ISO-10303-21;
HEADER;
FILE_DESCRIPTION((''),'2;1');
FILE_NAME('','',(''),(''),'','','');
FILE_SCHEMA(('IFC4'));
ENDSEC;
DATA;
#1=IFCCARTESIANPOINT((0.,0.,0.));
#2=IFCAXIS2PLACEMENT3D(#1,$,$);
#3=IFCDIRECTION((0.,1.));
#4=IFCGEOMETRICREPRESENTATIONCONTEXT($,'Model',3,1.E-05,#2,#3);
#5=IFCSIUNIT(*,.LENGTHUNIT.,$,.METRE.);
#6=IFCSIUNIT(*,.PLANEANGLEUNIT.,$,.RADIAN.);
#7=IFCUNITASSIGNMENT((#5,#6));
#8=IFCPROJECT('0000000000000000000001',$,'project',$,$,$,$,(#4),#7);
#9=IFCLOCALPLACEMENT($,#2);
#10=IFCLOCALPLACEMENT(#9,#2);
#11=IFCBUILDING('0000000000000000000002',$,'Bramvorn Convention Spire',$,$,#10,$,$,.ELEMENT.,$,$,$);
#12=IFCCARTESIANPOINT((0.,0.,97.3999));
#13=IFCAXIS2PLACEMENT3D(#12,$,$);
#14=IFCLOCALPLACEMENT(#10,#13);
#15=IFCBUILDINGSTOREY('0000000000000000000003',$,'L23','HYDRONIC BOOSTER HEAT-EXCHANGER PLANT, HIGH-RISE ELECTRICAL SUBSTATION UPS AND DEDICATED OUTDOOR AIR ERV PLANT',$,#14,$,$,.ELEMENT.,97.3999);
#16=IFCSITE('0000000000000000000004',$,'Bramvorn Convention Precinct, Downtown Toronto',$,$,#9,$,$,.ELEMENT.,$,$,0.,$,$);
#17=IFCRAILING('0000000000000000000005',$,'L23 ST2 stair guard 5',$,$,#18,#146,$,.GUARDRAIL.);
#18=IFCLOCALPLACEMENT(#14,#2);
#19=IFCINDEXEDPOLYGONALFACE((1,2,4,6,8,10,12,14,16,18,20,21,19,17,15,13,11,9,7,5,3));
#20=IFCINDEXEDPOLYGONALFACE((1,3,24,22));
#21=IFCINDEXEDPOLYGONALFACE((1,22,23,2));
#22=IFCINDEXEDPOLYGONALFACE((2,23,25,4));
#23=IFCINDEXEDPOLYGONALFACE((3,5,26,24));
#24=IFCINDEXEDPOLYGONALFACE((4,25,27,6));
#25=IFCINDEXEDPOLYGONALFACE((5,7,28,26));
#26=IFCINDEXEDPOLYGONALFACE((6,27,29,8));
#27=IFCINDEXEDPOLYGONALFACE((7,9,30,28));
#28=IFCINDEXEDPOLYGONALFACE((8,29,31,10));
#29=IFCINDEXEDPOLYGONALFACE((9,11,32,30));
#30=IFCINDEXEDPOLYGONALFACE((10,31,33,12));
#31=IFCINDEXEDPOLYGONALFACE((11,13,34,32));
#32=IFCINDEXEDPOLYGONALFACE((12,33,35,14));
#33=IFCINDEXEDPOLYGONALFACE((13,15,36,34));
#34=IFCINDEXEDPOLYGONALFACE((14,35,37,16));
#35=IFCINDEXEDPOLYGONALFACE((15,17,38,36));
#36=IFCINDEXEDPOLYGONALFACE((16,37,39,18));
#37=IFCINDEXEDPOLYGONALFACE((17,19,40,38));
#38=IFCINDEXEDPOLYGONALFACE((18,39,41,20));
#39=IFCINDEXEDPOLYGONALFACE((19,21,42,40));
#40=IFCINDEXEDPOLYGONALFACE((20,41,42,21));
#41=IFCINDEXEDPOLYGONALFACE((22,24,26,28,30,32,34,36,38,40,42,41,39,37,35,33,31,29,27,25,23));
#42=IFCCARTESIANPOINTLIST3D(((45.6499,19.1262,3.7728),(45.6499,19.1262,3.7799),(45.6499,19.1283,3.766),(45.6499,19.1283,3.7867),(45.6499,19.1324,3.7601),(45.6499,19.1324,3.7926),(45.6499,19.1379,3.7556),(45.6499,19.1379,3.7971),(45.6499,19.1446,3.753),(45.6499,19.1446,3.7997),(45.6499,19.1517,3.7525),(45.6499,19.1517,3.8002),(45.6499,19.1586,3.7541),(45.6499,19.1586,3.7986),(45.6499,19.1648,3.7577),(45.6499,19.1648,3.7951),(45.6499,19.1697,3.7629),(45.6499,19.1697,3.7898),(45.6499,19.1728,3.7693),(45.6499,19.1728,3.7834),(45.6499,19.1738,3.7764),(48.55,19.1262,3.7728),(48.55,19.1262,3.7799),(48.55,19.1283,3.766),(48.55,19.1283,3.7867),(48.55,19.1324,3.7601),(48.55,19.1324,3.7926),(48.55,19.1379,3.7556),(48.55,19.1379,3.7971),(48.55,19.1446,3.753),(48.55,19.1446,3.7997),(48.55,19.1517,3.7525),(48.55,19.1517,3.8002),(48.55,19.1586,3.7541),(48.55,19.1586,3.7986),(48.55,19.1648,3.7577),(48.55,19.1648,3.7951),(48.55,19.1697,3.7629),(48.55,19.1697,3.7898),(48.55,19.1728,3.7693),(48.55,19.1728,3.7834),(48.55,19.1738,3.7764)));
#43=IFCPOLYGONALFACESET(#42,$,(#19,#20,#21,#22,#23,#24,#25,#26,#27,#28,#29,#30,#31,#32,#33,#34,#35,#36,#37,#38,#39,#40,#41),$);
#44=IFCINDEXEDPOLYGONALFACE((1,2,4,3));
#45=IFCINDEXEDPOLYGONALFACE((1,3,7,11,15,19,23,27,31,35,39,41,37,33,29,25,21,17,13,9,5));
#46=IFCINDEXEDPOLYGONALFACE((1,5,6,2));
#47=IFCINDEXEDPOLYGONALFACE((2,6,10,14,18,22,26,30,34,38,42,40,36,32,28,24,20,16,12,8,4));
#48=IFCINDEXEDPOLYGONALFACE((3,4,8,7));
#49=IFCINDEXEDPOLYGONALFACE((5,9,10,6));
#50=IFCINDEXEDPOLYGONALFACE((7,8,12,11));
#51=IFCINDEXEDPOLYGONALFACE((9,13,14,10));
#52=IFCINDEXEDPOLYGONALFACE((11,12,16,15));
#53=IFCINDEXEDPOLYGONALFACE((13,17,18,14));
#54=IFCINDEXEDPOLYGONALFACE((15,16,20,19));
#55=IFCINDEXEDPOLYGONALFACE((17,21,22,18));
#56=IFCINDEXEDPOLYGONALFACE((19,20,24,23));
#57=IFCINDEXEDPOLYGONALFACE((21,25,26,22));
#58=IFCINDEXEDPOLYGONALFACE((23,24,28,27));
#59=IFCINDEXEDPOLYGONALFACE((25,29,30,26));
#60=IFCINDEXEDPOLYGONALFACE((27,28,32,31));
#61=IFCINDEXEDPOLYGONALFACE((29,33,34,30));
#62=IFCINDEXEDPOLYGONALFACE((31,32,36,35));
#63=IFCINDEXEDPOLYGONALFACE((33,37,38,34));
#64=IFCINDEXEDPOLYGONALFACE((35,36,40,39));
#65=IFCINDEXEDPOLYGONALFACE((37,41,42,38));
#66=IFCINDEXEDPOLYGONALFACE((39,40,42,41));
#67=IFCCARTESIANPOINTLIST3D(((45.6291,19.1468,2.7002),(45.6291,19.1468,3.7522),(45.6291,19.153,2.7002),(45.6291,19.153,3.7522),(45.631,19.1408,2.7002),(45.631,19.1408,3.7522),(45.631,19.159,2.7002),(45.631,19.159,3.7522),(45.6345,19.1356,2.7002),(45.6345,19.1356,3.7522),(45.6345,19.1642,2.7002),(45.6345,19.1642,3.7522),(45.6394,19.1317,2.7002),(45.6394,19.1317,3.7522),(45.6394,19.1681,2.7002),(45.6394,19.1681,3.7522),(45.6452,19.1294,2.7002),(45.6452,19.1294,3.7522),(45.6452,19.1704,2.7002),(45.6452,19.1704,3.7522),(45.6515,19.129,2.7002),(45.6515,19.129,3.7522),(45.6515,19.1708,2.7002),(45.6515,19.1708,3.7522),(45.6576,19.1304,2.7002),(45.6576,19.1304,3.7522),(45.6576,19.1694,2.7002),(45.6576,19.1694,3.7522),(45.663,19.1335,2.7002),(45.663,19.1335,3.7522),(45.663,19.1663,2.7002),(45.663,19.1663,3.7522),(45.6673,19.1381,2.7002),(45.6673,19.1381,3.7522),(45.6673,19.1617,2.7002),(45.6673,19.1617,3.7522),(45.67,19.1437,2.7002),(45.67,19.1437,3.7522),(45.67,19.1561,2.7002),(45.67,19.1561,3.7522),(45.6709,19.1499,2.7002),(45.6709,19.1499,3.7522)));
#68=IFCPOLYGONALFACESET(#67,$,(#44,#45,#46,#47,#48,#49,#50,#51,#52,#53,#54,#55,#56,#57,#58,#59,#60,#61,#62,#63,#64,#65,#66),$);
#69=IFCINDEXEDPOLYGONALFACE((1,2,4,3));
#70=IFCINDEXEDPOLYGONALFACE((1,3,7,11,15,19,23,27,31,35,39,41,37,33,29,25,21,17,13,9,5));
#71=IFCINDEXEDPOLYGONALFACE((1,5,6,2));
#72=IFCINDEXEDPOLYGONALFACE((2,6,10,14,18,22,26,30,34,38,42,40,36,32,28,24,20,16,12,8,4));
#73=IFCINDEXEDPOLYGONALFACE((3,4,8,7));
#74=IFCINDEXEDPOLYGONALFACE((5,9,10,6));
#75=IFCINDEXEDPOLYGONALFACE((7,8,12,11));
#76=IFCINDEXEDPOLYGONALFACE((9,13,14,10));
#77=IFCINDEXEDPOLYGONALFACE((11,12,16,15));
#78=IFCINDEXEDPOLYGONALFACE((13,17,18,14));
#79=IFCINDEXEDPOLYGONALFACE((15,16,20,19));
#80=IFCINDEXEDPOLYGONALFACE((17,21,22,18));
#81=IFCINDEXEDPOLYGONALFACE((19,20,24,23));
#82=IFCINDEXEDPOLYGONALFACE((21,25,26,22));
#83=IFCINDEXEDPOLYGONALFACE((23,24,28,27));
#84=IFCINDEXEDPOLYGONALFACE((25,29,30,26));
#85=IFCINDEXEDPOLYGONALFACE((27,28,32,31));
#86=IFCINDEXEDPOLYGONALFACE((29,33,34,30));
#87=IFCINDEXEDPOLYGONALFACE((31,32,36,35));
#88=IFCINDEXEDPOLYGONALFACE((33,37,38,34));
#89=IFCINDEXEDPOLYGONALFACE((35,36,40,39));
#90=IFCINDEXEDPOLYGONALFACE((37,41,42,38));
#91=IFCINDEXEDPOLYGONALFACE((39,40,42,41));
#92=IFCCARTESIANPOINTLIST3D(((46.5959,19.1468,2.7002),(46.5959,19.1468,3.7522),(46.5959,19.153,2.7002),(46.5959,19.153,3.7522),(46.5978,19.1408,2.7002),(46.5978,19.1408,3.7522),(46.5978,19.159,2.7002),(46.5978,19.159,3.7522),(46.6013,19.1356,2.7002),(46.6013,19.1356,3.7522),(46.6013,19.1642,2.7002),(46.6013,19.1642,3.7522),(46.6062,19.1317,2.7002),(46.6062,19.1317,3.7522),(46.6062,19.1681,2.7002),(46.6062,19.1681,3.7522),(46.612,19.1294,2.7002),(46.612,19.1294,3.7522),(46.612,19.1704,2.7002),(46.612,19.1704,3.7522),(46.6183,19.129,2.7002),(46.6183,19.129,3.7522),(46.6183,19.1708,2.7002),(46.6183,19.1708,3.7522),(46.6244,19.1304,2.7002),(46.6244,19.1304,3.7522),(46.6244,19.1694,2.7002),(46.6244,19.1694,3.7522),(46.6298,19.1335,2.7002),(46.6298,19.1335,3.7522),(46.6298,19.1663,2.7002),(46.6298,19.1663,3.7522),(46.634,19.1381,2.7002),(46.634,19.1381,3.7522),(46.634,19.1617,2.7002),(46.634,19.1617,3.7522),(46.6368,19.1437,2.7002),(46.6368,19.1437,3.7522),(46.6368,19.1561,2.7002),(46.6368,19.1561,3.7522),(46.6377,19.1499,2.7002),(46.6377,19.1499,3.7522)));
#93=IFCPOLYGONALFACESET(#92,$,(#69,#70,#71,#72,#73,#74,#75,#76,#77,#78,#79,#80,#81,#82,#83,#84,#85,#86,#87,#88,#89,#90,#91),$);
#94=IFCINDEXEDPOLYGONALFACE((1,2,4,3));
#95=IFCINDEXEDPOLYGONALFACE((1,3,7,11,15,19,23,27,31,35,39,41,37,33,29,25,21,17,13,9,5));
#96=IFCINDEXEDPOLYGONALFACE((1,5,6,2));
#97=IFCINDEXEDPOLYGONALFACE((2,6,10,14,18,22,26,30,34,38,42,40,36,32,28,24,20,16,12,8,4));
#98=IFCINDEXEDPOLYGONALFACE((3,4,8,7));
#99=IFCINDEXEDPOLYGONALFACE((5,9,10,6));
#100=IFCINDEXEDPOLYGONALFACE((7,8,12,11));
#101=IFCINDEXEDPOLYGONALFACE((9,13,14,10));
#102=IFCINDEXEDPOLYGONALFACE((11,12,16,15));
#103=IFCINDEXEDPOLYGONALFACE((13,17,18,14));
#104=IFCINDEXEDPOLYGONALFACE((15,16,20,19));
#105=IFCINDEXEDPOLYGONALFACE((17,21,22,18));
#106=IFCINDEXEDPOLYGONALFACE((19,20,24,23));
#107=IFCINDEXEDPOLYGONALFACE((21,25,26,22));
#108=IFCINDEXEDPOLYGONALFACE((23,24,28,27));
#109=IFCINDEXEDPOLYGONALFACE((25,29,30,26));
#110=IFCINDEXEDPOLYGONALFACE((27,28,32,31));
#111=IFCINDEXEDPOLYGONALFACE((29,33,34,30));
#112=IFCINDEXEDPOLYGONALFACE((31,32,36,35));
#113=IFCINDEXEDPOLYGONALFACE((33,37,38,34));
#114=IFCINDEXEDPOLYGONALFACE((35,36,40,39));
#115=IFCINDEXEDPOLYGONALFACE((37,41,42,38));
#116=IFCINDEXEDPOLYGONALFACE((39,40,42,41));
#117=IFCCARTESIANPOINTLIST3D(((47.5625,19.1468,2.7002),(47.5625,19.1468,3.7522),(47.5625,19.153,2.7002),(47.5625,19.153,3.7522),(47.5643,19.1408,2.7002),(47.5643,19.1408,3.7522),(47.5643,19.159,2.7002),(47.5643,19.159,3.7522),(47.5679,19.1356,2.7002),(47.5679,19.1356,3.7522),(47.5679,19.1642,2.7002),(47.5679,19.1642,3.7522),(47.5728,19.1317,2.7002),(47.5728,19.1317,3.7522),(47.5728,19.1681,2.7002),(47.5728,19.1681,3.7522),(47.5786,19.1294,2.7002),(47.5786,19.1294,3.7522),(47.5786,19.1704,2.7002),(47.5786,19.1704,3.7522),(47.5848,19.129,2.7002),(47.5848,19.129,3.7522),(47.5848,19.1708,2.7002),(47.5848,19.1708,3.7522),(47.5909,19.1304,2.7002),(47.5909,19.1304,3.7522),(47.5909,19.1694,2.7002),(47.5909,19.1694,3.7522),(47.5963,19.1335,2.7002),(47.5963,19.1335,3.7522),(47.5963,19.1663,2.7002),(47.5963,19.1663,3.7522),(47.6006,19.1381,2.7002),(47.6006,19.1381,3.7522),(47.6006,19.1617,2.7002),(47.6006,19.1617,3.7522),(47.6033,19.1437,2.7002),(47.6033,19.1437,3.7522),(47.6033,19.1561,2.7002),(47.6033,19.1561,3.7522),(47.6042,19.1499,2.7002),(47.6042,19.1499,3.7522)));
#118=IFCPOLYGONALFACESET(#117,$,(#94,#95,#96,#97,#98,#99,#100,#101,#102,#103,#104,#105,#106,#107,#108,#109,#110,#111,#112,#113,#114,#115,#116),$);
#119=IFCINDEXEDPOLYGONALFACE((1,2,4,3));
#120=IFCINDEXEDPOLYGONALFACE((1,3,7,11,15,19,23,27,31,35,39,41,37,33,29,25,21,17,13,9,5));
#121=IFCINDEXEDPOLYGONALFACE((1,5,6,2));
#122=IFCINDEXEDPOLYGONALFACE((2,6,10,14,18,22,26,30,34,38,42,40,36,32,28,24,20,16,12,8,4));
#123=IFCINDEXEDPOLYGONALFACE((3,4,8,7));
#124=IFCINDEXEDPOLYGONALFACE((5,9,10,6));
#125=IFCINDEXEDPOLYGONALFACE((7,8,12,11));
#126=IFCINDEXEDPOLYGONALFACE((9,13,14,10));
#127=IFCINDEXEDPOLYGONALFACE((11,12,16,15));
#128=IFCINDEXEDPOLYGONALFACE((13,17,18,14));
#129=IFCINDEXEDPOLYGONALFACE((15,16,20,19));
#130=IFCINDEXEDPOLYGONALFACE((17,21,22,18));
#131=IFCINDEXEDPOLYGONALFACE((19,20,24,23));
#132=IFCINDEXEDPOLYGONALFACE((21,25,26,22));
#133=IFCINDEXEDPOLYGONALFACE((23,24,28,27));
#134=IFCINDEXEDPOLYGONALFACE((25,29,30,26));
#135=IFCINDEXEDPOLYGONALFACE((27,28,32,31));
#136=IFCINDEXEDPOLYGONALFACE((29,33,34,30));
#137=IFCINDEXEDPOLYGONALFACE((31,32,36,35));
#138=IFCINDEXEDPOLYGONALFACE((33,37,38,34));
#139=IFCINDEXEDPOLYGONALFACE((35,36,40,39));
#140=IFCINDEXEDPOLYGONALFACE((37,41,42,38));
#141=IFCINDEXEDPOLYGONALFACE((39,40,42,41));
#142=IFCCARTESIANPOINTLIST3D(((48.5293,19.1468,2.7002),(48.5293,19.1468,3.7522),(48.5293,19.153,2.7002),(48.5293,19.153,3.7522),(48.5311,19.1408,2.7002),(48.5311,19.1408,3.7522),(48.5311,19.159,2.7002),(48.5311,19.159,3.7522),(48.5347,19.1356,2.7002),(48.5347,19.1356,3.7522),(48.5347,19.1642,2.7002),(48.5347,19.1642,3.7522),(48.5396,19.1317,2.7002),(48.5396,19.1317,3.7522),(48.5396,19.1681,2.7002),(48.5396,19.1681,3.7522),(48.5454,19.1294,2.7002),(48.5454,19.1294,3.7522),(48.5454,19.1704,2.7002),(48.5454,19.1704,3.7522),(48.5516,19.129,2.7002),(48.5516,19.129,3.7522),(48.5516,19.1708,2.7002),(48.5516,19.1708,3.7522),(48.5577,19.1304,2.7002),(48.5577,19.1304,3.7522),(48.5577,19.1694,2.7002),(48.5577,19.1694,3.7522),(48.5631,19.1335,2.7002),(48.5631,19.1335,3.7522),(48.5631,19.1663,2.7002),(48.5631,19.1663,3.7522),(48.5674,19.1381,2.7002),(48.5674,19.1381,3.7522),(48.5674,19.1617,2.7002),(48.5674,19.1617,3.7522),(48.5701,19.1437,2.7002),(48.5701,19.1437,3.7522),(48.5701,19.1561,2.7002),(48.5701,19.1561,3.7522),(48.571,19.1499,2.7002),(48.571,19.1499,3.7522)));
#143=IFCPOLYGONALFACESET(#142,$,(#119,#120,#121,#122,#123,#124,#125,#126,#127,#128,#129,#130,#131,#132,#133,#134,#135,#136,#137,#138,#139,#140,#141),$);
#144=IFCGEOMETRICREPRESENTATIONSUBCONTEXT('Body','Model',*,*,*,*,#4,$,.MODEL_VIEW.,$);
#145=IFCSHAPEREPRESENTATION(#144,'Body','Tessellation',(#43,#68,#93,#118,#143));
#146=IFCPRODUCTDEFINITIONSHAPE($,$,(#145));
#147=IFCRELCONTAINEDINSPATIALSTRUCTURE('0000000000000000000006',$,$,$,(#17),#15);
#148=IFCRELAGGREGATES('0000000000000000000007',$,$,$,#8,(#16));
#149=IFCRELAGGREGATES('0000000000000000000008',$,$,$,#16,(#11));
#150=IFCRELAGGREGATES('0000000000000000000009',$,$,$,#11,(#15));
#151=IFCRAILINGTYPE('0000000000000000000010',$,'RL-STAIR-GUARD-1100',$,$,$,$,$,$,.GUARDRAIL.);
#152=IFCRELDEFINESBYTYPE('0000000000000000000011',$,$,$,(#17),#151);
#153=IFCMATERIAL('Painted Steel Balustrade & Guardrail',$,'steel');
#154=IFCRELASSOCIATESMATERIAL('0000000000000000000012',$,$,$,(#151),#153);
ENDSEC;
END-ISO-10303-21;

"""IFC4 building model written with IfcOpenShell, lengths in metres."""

from ifc_helpers import new_model, si_unit, direction, frame, origin, origin_2d, place, context, subcontext, project, spatial, circle, extrude, material, type_object, element, save


model = new_model("IFC4")

# Units and contexts
model_context = context("Model", 3, precision=1e-05, world=origin(), true_north=direction((0.0, 1.0)))
body_context = subcontext(model_context, "Body", "Model", "MODEL_VIEW")
ifc_project = project(units=[si_unit("LENGTHUNIT", "METRE"), si_unit("PLANEANGLEUNIT", "RADIAN")], contexts=[model_context])

# Site, building, storey
site_placement = place(None, origin())
site = spatial("IfcSite", under=ifc_project, at=site_placement, Name="Bramvorn Convention Precinct, Downtown Toronto", CompositionType="ELEMENT", RefElevation=0.0)
building_placement = place(site_placement, origin())
building = spatial("IfcBuilding", under=site, at=building_placement, Name="Bramvorn Convention Spire", CompositionType="ELEMENT")
storey_placement = place(building_placement, frame((0.0, 0.0, 97.3999)))
storey = spatial("IfcBuildingStorey", under=building, at=storey_placement, Name="L23", Description="HYDRONIC BOOSTER HEAT-EXCHANGER PLANT, HIGH-RISE ELECTRICAL SUBSTATION UPS AND DEDICATED OUTDOOR AIR ERV PLANT", CompositionType="ELEMENT", Elevation=97.3999)

# Railing
ifc_material_1 = material(Name="Painted Steel Balustrade & Guardrail", Category="steel")
railing_type_1 = type_object("IfcRailingType", Name="RL-STAIR-GUARD-1100", PredefinedType="GUARDRAIL", material=ifc_material_1)
railing_1_placement = place(storey_placement, frame((45.6499, 19.1499, 2.7002)))
element("IfcRailing", 1, at=railing_1_placement, inside=storey, type_object=railing_type_1, Name="L23 ST2 stair guard 5", PredefinedType="GUARDRAIL", context=body_context, shape_type="SweptSolid", body=[
    extrude(circle(Radius=0.0239, at=origin_2d()), frame((0.0, 0.0, 1.0762), z_axis=(1.0, 0.0, 0.0), x_axis=(0.0, 1.0, 0.0)), (0.0, 0.0, 1.0), 2.9001),
    extrude(circle(Radius=0.021, at=origin_2d()), origin(), (0.0, 0.0, 1.0), 1.052),
    extrude(circle(Radius=0.021, at=origin_2d()), frame((0.9668, 0.0, 0.0)), (0.0, 0.0, 1.0), 1.052),
    extrude(circle(Radius=0.021, at=origin_2d()), frame((1.9333, 0.0, 0.0)), (0.0, 0.0, 1.0), 1.052),
    extrude(circle(Radius=0.021, at=origin_2d()), frame((2.9001, 0.0, 0.0)), (0.0, 0.0, 1.0), 1.052),
])

save(model, "model.ifc")
